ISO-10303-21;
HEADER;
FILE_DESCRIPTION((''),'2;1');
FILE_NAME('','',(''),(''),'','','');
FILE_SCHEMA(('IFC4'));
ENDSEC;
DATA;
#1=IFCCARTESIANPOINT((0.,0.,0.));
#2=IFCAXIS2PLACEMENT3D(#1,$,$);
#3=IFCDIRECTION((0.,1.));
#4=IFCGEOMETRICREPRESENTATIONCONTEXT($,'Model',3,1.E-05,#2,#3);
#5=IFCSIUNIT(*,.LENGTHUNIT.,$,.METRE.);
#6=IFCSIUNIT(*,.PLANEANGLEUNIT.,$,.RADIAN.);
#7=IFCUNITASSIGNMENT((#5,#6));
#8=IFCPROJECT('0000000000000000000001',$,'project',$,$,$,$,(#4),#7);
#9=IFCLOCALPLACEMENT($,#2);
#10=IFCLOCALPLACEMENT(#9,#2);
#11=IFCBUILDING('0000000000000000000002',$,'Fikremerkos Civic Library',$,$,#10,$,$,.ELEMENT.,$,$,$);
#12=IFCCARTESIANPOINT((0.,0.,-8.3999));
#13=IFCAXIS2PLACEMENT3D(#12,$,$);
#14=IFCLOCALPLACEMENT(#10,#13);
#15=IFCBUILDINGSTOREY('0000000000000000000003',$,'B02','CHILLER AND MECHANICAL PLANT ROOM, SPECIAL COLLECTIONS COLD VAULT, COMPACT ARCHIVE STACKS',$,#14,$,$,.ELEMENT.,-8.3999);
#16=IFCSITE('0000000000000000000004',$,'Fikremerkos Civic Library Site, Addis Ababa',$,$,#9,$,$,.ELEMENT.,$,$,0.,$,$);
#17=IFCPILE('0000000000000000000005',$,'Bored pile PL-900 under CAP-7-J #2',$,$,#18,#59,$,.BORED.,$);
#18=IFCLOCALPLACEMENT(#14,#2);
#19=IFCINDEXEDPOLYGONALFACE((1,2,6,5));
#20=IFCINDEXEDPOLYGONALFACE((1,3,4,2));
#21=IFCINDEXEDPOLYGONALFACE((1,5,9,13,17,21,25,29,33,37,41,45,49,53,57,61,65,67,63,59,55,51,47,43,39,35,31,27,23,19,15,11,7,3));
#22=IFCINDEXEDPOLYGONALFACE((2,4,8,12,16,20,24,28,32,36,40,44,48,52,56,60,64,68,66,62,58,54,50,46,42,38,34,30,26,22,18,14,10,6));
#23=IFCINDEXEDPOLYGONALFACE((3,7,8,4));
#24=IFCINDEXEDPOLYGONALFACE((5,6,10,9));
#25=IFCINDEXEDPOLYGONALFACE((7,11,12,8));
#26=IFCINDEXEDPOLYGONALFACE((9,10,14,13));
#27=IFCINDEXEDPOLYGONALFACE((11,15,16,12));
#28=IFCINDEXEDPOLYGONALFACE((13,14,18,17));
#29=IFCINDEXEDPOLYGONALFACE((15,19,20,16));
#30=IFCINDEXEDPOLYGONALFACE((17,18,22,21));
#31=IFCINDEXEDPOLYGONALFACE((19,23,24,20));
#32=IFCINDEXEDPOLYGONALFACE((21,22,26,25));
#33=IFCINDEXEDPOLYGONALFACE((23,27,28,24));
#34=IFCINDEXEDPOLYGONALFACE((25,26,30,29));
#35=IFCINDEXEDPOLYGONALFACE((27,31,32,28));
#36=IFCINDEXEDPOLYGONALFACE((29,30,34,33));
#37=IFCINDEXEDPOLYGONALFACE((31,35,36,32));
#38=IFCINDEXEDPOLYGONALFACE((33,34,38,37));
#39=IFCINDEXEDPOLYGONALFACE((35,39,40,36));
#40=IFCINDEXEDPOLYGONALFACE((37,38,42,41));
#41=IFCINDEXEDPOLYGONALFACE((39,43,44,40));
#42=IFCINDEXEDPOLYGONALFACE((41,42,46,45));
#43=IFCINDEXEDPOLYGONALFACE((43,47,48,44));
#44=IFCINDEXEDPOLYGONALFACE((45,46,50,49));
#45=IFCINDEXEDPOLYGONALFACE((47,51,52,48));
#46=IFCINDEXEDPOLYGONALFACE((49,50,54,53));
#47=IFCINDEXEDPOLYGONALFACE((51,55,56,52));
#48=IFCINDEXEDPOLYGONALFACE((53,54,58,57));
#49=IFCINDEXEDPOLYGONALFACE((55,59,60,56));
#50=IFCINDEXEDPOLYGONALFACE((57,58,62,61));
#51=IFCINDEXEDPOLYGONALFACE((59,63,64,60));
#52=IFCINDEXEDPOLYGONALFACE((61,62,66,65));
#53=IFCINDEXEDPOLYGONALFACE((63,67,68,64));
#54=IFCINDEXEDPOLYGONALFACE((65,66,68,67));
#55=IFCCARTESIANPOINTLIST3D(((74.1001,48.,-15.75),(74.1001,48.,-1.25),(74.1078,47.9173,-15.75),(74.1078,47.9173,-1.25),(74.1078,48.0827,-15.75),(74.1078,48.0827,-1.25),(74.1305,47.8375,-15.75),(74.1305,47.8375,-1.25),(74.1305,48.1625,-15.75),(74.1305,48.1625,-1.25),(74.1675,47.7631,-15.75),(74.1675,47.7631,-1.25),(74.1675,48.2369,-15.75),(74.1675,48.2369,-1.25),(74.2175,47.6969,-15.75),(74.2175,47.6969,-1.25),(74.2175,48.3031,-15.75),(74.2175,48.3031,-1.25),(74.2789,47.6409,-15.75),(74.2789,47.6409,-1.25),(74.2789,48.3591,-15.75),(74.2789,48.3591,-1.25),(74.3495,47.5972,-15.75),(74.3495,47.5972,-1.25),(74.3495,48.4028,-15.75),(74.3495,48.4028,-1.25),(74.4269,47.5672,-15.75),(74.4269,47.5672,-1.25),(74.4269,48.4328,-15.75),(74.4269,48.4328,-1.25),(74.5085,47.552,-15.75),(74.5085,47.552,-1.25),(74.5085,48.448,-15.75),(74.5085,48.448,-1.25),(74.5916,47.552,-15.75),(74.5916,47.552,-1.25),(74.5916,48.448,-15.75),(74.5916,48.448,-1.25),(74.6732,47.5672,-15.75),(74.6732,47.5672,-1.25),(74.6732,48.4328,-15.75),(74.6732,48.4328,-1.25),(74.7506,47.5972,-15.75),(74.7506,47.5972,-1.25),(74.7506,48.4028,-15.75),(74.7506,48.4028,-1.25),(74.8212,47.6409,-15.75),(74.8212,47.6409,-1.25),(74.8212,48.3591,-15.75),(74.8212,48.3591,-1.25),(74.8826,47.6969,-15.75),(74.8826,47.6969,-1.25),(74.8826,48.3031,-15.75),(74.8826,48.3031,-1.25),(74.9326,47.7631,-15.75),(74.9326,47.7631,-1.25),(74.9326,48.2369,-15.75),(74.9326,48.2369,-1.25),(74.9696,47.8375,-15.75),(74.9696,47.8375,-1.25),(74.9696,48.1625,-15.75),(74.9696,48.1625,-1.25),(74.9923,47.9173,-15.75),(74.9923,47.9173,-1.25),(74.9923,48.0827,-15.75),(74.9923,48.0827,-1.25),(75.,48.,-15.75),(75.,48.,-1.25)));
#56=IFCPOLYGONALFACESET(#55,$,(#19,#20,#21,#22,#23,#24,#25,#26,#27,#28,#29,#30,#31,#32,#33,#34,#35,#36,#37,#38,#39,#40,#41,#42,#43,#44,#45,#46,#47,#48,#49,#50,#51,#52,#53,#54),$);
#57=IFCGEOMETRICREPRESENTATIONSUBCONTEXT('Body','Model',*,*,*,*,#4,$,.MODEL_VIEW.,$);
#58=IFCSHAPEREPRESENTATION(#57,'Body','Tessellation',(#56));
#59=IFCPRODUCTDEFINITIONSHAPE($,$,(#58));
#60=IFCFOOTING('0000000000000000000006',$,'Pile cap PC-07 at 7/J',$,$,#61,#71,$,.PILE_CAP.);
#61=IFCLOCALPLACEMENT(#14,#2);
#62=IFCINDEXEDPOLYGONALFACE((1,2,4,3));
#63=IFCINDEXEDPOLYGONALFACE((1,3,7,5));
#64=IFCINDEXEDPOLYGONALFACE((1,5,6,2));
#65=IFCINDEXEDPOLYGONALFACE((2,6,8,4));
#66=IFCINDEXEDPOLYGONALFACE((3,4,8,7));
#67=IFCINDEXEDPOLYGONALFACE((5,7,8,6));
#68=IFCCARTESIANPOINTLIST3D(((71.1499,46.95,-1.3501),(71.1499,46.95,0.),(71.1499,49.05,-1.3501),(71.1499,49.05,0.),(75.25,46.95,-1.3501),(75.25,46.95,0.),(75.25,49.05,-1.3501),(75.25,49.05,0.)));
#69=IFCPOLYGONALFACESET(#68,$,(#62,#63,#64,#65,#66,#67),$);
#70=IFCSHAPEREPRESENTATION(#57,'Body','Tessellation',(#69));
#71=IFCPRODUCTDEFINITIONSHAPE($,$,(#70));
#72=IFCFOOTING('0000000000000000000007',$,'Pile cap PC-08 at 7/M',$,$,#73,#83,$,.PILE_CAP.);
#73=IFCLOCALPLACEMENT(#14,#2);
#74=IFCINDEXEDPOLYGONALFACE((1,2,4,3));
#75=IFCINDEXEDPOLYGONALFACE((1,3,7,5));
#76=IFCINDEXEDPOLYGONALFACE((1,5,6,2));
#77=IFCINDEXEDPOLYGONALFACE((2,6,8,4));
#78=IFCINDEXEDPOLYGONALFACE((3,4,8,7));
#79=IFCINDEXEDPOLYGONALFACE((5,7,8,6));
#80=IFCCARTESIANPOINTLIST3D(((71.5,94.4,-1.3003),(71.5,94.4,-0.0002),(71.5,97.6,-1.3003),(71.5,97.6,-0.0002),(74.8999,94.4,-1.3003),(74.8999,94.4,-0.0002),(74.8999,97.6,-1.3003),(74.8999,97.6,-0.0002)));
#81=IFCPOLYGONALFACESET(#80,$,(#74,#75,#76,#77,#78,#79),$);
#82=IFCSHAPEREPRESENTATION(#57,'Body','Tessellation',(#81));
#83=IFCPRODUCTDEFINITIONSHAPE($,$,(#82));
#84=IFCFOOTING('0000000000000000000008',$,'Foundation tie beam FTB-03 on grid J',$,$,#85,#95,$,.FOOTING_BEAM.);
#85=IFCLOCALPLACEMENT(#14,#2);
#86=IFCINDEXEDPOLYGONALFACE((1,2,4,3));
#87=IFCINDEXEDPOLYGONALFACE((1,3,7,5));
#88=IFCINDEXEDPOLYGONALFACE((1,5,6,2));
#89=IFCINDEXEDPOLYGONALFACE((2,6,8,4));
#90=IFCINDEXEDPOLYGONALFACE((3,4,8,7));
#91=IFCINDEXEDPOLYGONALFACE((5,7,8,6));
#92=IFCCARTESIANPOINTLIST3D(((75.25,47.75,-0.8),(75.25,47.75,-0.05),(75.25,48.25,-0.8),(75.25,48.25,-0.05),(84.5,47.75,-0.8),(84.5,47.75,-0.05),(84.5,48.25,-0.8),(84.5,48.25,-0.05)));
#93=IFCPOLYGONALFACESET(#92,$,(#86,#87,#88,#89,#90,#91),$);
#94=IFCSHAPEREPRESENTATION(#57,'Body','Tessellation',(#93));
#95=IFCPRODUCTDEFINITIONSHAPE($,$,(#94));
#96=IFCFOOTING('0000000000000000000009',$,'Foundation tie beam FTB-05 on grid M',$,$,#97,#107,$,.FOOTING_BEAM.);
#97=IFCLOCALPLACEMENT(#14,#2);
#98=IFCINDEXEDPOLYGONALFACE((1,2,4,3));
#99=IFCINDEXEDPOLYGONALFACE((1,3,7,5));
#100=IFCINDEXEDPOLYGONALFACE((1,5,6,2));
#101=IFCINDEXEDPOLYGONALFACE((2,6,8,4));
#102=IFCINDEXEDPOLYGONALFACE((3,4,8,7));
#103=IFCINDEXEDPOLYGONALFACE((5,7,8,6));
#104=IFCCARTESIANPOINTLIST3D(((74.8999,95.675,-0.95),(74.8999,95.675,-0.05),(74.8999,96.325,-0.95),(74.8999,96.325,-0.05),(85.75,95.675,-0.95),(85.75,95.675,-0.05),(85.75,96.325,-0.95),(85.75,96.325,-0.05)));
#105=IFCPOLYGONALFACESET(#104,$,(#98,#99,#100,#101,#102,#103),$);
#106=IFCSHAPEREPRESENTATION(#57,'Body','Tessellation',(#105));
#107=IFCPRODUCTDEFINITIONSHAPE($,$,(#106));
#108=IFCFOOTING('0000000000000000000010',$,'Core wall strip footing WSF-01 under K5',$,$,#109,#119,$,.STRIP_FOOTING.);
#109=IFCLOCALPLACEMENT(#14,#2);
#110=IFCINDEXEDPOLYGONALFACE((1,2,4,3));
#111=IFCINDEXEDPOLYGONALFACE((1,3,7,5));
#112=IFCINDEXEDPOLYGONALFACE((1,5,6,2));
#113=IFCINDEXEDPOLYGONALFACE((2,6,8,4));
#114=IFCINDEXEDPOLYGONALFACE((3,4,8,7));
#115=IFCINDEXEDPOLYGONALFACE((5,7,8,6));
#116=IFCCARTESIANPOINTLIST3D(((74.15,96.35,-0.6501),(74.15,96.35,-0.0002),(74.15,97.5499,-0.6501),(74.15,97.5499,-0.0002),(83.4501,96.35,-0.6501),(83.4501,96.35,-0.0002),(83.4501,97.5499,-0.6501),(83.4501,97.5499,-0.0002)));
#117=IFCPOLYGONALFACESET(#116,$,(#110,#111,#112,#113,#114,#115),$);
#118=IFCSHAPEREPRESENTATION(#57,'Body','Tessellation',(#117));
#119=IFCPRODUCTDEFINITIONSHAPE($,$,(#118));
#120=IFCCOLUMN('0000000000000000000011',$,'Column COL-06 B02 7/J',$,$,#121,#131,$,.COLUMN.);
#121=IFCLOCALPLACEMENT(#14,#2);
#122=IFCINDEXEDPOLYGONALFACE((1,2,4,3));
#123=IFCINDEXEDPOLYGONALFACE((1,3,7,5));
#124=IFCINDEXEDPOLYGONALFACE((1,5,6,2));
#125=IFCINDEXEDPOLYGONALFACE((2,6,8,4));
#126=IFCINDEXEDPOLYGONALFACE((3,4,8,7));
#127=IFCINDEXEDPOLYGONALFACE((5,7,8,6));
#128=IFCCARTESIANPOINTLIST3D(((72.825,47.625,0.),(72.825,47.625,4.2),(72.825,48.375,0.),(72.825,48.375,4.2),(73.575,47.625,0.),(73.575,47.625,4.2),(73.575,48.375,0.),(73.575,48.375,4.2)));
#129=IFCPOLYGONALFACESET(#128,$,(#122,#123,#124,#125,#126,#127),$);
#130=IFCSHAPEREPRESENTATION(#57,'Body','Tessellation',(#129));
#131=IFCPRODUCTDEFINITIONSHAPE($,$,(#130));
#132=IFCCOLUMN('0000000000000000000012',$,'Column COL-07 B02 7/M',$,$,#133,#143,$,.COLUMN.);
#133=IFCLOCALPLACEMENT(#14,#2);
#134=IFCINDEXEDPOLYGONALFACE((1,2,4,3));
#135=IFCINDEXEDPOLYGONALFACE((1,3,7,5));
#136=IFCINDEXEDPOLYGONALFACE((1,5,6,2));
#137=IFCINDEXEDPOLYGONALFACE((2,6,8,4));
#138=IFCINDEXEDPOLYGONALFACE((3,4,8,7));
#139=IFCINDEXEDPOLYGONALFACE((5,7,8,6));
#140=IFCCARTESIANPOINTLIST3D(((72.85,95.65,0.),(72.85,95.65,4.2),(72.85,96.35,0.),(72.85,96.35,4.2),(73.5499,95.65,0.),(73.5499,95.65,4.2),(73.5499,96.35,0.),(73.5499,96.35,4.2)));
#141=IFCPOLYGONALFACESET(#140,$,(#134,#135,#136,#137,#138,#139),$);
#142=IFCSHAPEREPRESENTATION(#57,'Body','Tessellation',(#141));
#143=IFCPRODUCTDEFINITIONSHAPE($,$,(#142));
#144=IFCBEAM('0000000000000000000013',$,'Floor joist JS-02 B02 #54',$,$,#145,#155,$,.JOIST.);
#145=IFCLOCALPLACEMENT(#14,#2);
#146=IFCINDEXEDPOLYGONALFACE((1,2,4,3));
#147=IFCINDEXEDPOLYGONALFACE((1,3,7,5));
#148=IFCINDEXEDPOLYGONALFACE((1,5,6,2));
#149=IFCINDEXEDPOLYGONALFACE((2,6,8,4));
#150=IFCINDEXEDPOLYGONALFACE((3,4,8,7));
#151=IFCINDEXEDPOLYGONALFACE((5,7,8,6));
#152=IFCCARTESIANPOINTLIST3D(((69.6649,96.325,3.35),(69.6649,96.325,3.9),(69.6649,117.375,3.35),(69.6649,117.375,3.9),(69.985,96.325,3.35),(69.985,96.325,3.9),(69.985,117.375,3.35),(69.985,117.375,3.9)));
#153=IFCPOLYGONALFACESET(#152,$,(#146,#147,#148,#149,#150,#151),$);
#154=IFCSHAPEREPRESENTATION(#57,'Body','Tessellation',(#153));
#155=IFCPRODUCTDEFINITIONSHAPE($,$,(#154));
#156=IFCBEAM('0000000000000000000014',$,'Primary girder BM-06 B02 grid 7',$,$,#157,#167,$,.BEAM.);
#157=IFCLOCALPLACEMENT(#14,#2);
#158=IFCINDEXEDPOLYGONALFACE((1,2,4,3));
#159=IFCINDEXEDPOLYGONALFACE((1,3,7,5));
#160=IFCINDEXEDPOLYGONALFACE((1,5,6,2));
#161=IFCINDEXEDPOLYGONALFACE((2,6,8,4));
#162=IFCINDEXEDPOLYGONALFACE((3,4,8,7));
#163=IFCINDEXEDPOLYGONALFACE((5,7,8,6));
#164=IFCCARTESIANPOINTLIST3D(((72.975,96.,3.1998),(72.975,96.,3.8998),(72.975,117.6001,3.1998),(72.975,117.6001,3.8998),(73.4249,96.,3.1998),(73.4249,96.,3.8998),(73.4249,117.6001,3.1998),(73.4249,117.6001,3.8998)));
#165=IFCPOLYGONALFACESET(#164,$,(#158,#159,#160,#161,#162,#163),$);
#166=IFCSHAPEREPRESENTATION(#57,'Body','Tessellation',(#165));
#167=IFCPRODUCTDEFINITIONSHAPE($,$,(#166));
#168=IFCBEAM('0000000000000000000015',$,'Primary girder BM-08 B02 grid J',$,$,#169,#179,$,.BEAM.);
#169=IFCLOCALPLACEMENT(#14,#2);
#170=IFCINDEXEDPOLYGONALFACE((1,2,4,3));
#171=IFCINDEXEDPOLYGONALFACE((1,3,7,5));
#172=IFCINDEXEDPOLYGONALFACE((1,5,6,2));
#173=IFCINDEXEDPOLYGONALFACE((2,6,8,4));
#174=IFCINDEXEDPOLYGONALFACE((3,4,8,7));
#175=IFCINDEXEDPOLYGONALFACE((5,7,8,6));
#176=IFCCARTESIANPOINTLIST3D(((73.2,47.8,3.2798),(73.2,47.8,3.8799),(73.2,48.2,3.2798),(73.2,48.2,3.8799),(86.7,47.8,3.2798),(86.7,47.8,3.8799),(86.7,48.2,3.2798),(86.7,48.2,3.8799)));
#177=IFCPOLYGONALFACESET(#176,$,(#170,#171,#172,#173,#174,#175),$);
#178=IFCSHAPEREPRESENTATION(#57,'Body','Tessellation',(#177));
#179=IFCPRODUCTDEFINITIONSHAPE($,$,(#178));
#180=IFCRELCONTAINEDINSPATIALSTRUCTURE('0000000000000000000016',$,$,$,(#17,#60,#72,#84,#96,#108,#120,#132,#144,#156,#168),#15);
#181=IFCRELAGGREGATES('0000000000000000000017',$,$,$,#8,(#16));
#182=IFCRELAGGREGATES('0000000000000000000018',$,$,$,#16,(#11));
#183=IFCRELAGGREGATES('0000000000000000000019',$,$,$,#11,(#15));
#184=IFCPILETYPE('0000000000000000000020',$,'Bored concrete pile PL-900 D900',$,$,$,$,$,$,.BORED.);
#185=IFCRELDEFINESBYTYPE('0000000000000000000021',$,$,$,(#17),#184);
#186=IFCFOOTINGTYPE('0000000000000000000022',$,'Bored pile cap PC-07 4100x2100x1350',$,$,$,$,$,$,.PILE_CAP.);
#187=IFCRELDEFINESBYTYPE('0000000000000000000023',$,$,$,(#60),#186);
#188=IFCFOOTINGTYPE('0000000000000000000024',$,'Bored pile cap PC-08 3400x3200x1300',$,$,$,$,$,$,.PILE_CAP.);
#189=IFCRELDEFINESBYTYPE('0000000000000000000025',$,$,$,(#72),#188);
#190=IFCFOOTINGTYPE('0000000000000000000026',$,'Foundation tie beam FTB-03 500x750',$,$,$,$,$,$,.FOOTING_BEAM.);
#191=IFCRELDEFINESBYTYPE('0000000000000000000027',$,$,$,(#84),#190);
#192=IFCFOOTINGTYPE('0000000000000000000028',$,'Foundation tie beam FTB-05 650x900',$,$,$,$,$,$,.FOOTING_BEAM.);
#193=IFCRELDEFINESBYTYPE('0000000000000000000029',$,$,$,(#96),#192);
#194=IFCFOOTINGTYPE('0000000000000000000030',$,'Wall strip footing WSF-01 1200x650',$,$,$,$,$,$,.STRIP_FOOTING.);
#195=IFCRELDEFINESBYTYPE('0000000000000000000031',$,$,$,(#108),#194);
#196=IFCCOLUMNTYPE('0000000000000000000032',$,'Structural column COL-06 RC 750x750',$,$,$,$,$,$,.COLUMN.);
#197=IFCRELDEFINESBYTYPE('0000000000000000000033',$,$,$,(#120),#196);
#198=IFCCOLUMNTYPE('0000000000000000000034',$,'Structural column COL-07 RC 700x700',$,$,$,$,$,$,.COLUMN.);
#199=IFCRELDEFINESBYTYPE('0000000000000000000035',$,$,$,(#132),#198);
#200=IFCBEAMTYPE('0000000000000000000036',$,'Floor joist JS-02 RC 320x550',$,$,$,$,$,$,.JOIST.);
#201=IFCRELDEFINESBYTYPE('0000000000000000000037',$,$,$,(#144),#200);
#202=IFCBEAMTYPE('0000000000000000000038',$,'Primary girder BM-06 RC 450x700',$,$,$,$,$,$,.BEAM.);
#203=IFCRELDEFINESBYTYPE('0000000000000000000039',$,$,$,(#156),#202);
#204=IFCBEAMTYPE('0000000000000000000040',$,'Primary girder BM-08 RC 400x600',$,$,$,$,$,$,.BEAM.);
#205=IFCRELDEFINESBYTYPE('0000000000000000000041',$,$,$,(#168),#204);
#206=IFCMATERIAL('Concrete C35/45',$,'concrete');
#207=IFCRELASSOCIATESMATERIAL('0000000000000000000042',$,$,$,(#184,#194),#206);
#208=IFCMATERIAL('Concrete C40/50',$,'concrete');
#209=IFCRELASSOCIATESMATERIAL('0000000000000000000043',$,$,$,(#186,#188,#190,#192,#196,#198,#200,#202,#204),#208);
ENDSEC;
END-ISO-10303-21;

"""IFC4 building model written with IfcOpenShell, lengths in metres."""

from ifc_helpers import new_model, si_unit, direction, frame, origin, origin_2d, place, context, subcontext, project, spatial, rectangle, circle, extrude, material, material_profile, profile_set, type_object, element, save


model = new_model("IFC4")

# Units and contexts
model_context = context("Model", 3, precision=1e-05, world=origin(), true_north=direction((0.0, 1.0)))
body_context = subcontext(model_context, "Body", "Model", "MODEL_VIEW")
ifc_project = project(units=[si_unit("LENGTHUNIT", "METRE"), si_unit("PLANEANGLEUNIT", "RADIAN")], contexts=[model_context])

# Site, building, storey
site_placement = place(None, origin())
site = spatial("IfcSite", under=ifc_project, at=site_placement, Name="Fikremerkos Civic Library Site, Addis Ababa", CompositionType="ELEMENT", RefElevation=0.0)
building_placement = place(site_placement, origin())
building = spatial("IfcBuilding", under=site, at=building_placement, Name="Fikremerkos Civic Library", CompositionType="ELEMENT")
storey_placement = place(building_placement, frame((0.0, 0.0, -8.3999)))
storey = spatial("IfcBuildingStorey", under=building, at=storey_placement, Name="B02", Description="CHILLER AND MECHANICAL PLANT ROOM, SPECIAL COLLECTIONS COLD VAULT, COMPACT ARCHIVE STACKS", CompositionType="ELEMENT", Elevation=-8.3999)

# Pile
ifc_material_1 = material(Name="Concrete C35/45", Category="concrete")
ifc_material_profile_1 = material_profile(ifc_material_1, circle(Radius=0.45, at=origin_2d()), Name="BORED PILE 900")
ifc_profile_set_1 = profile_set([ifc_material_profile_1], Name="Concrete C35/45")
pile_type_1 = type_object("IfcPileType", Name="Bored concrete pile PL-900 D900", PredefinedType="BORED", material=ifc_profile_set_1)
for number, where, z_axis, x_axis, name in (
    (1, (74.55, 48.0, -1.25), (0.0, 0.0, -1.0), (1.0, 0.0, 0.0), "Bored pile PL-900 under CAP-7-J #2"),
):
    element("IfcPile", number, at=place(storey_placement, frame(where, z_axis=z_axis, x_axis=x_axis)), inside=storey, type_object=pile_type_1, Name=name, PredefinedType="BORED", context=body_context, shape_type="SweptSolid", body=[
        extrude(circle(Radius=0.45, at=origin_2d()), origin(), (0.0, 0.0, 1.0), 14.5),
    ])

# Footings
ifc_material_2 = material(Name="Concrete C40/50", Category="concrete")
footing_type_1 = type_object("IfcFootingType", Name="Bored pile cap PC-07 4100x2100x1350", PredefinedType="PILE_CAP", material=ifc_material_2)
footing_1_placement = place(storey_placement, frame((73.2, 48.0, -1.3501), z_axis=(0.0, 0.0, 1.0), x_axis=(1.0, 0.0, 0.0)))
element("IfcFooting", 2, at=footing_1_placement, inside=storey, type_object=footing_type_1, Name="Pile cap PC-07 at 7/J", PredefinedType="PILE_CAP", context=body_context, shape_type="SweptSolid", body=[
    extrude(rectangle(XDim=4.1001, YDim=2.1001, at=origin_2d()), origin(), (0.0, 0.0, 1.0), 1.3501),
])
footing_type_2 = type_object("IfcFootingType", Name="Bored pile cap PC-08 3400x3200x1300", PredefinedType="PILE_CAP", material=ifc_material_2)
footing_2_placement = place(storey_placement, frame((73.2, 96.0, -1.3003), z_axis=(0.0, 0.0, 1.0), x_axis=(1.0, 0.0, 0.0)))
element("IfcFooting", 3, at=footing_2_placement, inside=storey, type_object=footing_type_2, Name="Pile cap PC-08 at 7/M", PredefinedType="PILE_CAP", context=body_context, shape_type="SweptSolid", body=[
    extrude(rectangle(XDim=3.3999, YDim=3.2, at=origin_2d()), origin(), (0.0, 0.0, 1.0), 1.3),
])
footing_type_3 = type_object("IfcFootingType", Name="Foundation tie beam FTB-03 500x750", PredefinedType="FOOTING_BEAM", material=ifc_material_2)
footing_3_placement = place(storey_placement, frame((79.875, 48.0, -0.8), z_axis=(0.0, 0.0, 1.0), x_axis=(1.0, 0.0, 0.0)))
element("IfcFooting", 4, at=footing_3_placement, inside=storey, type_object=footing_type_3, Name="Foundation tie beam FTB-03 on grid J", PredefinedType="FOOTING_BEAM", context=body_context, shape_type="SweptSolid", body=[
    extrude(rectangle(XDim=9.25, YDim=0.5, at=origin_2d()), origin(), (0.0, 0.0, 1.0), 0.75),
])
footing_type_4 = type_object("IfcFootingType", Name="Foundation tie beam FTB-05 650x900", PredefinedType="FOOTING_BEAM", material=ifc_material_2)
footing_4_placement = place(storey_placement, frame((80.325, 96.0, -0.95), z_axis=(0.0, 0.0, 1.0), x_axis=(1.0, 0.0, 0.0)))
element("IfcFooting", 5, at=footing_4_placement, inside=storey, type_object=footing_type_4, Name="Foundation tie beam FTB-05 on grid M", PredefinedType="FOOTING_BEAM", context=body_context, shape_type="SweptSolid", body=[
    extrude(rectangle(XDim=10.8501, YDim=0.6499, at=origin_2d()), origin(), (0.0, 0.0, 1.0), 0.8999),
])
footing_type_5 = type_object("IfcFootingType", Name="Wall strip footing WSF-01 1200x650", PredefinedType="STRIP_FOOTING", material=ifc_material_1)
footing_5_placement = place(storey_placement, frame((78.8, 96.95, -0.6501), z_axis=(0.0, 0.0, 1.0), x_axis=(1.0, 0.0, 0.0)))
element("IfcFooting", 6, at=footing_5_placement, inside=storey, type_object=footing_type_5, Name="Core wall strip footing WSF-01 under K5", PredefinedType="STRIP_FOOTING", context=body_context, shape_type="SweptSolid", body=[
    extrude(rectangle(XDim=9.3, YDim=1.2, at=origin_2d()), origin(), (0.0, 0.0, 1.0), 0.6499),
])

# Columns
ifc_material_profile_2 = material_profile(ifc_material_2, rectangle(XDim=0.75, YDim=0.75, at=origin_2d()), Name="RC 750x750")
ifc_profile_set_2 = profile_set([ifc_material_profile_2], Name="Concrete C40/50")
column_type_1 = type_object("IfcColumnType", Name="Structural column COL-06 RC 750x750", PredefinedType="COLUMN", material=ifc_profile_set_2)
column_1_placement = place(storey_placement, frame((73.2, 48.0, 0.0), z_axis=(0.0, 0.0, 1.0), x_axis=(1.0, 0.0, 0.0)))
element("IfcColumn", 7, at=column_1_placement, inside=storey, type_object=column_type_1, Name="Column COL-06 B02 7/J", PredefinedType="COLUMN", context=body_context, shape_type="SweptSolid", body=[
    extrude(rectangle(XDim=0.75, YDim=0.75, at=origin_2d()), origin(), (0.0, 0.0, 1.0), 4.2),
])
ifc_material_profile_3 = material_profile(ifc_material_2, rectangle(XDim=0.7, YDim=0.7, at=origin_2d()), Name="RC 700x700")
ifc_profile_set_3 = profile_set([ifc_material_profile_3], Name="Concrete C40/50")
column_type_2 = type_object("IfcColumnType", Name="Structural column COL-07 RC 700x700", PredefinedType="COLUMN", material=ifc_profile_set_3)
column_2_placement = place(storey_placement, frame((73.2, 96.0, 0.0), z_axis=(0.0, 0.0, 1.0), x_axis=(1.0, 0.0, 0.0)))
element("IfcColumn", 8, at=column_2_placement, inside=storey, type_object=column_type_2, Name="Column COL-07 B02 7/M", PredefinedType="COLUMN", context=body_context, shape_type="SweptSolid", body=[
    extrude(rectangle(XDim=0.7, YDim=0.7, at=origin_2d()), origin(), (0.0, 0.0, 1.0), 4.2),
])

# Beams
ifc_material_profile_4 = material_profile(ifc_material_2, rectangle(XDim=0.3201, YDim=0.55, at=origin_2d()), Name="RC 320x550")
ifc_profile_set_4 = profile_set([ifc_material_profile_4], Name="Concrete C40/50")
beam_type_1 = type_object("IfcBeamType", Name="Floor joist JS-02 RC 320x550", PredefinedType="JOIST", material=ifc_profile_set_4)
beam_1_placement = place(storey_placement, frame((69.825, 96.325, 3.625), z_axis=(0.0, 1.0, 0.0), x_axis=(-1.0, 0.0, 0.0)))
element("IfcBeam", 9, at=beam_1_placement, inside=storey, type_object=beam_type_1, Name="Floor joist JS-02 B02 #54", PredefinedType="JOIST", context=body_context, shape_type="SweptSolid", body=[
    extrude(rectangle(XDim=0.3201, YDim=0.55, at=origin_2d()), origin(), (0.0, 0.0, 1.0), 21.05),
])
ifc_material_profile_5 = material_profile(ifc_material_2, rectangle(XDim=0.45, YDim=0.7, at=origin_2d()), Name="RC 450x700")
ifc_profile_set_5 = profile_set([ifc_material_profile_5], Name="Concrete C40/50")
beam_type_2 = type_object("IfcBeamType", Name="Primary girder BM-06 RC 450x700", PredefinedType="BEAM", material=ifc_profile_set_5)
beam_2_placement = place(storey_placement, frame((73.2, 96.0, 3.5498), z_axis=(0.0, 1.0, 0.0), x_axis=(-1.0, 0.0, 0.0)))
element("IfcBeam", 10, at=beam_2_placement, inside=storey, type_object=beam_type_2, Name="Primary girder BM-06 B02 grid 7", PredefinedType="BEAM", context=body_context, shape_type="SweptSolid", body=[
    extrude(rectangle(XDim=0.45, YDim=0.7, at=origin_2d()), origin(), (0.0, 0.0, 1.0), 21.6001),
])
ifc_material_profile_6 = material_profile(ifc_material_2, rectangle(XDim=0.3999, YDim=0.6001, at=origin_2d()), Name="RC 400x600")
ifc_profile_set_6 = profile_set([ifc_material_profile_6], Name="Concrete C40/50")
beam_type_3 = type_object("IfcBeamType", Name="Primary girder BM-08 RC 400x600", PredefinedType="BEAM", material=ifc_profile_set_6)
beam_3_placement = place(storey_placement, frame((73.2, 48.0, 3.5798), z_axis=(1.0, 0.0, 0.0), x_axis=(0.0, 1.0, 0.0)))
element("IfcBeam", 11, at=beam_3_placement, inside=storey, type_object=beam_type_3, Name="Primary girder BM-08 B02 grid J", PredefinedType="BEAM", context=body_context, shape_type="SweptSolid", body=[
    extrude(rectangle(XDim=0.3999, YDim=0.6001, at=origin_2d()), origin(), (0.0, 0.0, 1.0), 13.5),
])

save(model, "model.ifc")
